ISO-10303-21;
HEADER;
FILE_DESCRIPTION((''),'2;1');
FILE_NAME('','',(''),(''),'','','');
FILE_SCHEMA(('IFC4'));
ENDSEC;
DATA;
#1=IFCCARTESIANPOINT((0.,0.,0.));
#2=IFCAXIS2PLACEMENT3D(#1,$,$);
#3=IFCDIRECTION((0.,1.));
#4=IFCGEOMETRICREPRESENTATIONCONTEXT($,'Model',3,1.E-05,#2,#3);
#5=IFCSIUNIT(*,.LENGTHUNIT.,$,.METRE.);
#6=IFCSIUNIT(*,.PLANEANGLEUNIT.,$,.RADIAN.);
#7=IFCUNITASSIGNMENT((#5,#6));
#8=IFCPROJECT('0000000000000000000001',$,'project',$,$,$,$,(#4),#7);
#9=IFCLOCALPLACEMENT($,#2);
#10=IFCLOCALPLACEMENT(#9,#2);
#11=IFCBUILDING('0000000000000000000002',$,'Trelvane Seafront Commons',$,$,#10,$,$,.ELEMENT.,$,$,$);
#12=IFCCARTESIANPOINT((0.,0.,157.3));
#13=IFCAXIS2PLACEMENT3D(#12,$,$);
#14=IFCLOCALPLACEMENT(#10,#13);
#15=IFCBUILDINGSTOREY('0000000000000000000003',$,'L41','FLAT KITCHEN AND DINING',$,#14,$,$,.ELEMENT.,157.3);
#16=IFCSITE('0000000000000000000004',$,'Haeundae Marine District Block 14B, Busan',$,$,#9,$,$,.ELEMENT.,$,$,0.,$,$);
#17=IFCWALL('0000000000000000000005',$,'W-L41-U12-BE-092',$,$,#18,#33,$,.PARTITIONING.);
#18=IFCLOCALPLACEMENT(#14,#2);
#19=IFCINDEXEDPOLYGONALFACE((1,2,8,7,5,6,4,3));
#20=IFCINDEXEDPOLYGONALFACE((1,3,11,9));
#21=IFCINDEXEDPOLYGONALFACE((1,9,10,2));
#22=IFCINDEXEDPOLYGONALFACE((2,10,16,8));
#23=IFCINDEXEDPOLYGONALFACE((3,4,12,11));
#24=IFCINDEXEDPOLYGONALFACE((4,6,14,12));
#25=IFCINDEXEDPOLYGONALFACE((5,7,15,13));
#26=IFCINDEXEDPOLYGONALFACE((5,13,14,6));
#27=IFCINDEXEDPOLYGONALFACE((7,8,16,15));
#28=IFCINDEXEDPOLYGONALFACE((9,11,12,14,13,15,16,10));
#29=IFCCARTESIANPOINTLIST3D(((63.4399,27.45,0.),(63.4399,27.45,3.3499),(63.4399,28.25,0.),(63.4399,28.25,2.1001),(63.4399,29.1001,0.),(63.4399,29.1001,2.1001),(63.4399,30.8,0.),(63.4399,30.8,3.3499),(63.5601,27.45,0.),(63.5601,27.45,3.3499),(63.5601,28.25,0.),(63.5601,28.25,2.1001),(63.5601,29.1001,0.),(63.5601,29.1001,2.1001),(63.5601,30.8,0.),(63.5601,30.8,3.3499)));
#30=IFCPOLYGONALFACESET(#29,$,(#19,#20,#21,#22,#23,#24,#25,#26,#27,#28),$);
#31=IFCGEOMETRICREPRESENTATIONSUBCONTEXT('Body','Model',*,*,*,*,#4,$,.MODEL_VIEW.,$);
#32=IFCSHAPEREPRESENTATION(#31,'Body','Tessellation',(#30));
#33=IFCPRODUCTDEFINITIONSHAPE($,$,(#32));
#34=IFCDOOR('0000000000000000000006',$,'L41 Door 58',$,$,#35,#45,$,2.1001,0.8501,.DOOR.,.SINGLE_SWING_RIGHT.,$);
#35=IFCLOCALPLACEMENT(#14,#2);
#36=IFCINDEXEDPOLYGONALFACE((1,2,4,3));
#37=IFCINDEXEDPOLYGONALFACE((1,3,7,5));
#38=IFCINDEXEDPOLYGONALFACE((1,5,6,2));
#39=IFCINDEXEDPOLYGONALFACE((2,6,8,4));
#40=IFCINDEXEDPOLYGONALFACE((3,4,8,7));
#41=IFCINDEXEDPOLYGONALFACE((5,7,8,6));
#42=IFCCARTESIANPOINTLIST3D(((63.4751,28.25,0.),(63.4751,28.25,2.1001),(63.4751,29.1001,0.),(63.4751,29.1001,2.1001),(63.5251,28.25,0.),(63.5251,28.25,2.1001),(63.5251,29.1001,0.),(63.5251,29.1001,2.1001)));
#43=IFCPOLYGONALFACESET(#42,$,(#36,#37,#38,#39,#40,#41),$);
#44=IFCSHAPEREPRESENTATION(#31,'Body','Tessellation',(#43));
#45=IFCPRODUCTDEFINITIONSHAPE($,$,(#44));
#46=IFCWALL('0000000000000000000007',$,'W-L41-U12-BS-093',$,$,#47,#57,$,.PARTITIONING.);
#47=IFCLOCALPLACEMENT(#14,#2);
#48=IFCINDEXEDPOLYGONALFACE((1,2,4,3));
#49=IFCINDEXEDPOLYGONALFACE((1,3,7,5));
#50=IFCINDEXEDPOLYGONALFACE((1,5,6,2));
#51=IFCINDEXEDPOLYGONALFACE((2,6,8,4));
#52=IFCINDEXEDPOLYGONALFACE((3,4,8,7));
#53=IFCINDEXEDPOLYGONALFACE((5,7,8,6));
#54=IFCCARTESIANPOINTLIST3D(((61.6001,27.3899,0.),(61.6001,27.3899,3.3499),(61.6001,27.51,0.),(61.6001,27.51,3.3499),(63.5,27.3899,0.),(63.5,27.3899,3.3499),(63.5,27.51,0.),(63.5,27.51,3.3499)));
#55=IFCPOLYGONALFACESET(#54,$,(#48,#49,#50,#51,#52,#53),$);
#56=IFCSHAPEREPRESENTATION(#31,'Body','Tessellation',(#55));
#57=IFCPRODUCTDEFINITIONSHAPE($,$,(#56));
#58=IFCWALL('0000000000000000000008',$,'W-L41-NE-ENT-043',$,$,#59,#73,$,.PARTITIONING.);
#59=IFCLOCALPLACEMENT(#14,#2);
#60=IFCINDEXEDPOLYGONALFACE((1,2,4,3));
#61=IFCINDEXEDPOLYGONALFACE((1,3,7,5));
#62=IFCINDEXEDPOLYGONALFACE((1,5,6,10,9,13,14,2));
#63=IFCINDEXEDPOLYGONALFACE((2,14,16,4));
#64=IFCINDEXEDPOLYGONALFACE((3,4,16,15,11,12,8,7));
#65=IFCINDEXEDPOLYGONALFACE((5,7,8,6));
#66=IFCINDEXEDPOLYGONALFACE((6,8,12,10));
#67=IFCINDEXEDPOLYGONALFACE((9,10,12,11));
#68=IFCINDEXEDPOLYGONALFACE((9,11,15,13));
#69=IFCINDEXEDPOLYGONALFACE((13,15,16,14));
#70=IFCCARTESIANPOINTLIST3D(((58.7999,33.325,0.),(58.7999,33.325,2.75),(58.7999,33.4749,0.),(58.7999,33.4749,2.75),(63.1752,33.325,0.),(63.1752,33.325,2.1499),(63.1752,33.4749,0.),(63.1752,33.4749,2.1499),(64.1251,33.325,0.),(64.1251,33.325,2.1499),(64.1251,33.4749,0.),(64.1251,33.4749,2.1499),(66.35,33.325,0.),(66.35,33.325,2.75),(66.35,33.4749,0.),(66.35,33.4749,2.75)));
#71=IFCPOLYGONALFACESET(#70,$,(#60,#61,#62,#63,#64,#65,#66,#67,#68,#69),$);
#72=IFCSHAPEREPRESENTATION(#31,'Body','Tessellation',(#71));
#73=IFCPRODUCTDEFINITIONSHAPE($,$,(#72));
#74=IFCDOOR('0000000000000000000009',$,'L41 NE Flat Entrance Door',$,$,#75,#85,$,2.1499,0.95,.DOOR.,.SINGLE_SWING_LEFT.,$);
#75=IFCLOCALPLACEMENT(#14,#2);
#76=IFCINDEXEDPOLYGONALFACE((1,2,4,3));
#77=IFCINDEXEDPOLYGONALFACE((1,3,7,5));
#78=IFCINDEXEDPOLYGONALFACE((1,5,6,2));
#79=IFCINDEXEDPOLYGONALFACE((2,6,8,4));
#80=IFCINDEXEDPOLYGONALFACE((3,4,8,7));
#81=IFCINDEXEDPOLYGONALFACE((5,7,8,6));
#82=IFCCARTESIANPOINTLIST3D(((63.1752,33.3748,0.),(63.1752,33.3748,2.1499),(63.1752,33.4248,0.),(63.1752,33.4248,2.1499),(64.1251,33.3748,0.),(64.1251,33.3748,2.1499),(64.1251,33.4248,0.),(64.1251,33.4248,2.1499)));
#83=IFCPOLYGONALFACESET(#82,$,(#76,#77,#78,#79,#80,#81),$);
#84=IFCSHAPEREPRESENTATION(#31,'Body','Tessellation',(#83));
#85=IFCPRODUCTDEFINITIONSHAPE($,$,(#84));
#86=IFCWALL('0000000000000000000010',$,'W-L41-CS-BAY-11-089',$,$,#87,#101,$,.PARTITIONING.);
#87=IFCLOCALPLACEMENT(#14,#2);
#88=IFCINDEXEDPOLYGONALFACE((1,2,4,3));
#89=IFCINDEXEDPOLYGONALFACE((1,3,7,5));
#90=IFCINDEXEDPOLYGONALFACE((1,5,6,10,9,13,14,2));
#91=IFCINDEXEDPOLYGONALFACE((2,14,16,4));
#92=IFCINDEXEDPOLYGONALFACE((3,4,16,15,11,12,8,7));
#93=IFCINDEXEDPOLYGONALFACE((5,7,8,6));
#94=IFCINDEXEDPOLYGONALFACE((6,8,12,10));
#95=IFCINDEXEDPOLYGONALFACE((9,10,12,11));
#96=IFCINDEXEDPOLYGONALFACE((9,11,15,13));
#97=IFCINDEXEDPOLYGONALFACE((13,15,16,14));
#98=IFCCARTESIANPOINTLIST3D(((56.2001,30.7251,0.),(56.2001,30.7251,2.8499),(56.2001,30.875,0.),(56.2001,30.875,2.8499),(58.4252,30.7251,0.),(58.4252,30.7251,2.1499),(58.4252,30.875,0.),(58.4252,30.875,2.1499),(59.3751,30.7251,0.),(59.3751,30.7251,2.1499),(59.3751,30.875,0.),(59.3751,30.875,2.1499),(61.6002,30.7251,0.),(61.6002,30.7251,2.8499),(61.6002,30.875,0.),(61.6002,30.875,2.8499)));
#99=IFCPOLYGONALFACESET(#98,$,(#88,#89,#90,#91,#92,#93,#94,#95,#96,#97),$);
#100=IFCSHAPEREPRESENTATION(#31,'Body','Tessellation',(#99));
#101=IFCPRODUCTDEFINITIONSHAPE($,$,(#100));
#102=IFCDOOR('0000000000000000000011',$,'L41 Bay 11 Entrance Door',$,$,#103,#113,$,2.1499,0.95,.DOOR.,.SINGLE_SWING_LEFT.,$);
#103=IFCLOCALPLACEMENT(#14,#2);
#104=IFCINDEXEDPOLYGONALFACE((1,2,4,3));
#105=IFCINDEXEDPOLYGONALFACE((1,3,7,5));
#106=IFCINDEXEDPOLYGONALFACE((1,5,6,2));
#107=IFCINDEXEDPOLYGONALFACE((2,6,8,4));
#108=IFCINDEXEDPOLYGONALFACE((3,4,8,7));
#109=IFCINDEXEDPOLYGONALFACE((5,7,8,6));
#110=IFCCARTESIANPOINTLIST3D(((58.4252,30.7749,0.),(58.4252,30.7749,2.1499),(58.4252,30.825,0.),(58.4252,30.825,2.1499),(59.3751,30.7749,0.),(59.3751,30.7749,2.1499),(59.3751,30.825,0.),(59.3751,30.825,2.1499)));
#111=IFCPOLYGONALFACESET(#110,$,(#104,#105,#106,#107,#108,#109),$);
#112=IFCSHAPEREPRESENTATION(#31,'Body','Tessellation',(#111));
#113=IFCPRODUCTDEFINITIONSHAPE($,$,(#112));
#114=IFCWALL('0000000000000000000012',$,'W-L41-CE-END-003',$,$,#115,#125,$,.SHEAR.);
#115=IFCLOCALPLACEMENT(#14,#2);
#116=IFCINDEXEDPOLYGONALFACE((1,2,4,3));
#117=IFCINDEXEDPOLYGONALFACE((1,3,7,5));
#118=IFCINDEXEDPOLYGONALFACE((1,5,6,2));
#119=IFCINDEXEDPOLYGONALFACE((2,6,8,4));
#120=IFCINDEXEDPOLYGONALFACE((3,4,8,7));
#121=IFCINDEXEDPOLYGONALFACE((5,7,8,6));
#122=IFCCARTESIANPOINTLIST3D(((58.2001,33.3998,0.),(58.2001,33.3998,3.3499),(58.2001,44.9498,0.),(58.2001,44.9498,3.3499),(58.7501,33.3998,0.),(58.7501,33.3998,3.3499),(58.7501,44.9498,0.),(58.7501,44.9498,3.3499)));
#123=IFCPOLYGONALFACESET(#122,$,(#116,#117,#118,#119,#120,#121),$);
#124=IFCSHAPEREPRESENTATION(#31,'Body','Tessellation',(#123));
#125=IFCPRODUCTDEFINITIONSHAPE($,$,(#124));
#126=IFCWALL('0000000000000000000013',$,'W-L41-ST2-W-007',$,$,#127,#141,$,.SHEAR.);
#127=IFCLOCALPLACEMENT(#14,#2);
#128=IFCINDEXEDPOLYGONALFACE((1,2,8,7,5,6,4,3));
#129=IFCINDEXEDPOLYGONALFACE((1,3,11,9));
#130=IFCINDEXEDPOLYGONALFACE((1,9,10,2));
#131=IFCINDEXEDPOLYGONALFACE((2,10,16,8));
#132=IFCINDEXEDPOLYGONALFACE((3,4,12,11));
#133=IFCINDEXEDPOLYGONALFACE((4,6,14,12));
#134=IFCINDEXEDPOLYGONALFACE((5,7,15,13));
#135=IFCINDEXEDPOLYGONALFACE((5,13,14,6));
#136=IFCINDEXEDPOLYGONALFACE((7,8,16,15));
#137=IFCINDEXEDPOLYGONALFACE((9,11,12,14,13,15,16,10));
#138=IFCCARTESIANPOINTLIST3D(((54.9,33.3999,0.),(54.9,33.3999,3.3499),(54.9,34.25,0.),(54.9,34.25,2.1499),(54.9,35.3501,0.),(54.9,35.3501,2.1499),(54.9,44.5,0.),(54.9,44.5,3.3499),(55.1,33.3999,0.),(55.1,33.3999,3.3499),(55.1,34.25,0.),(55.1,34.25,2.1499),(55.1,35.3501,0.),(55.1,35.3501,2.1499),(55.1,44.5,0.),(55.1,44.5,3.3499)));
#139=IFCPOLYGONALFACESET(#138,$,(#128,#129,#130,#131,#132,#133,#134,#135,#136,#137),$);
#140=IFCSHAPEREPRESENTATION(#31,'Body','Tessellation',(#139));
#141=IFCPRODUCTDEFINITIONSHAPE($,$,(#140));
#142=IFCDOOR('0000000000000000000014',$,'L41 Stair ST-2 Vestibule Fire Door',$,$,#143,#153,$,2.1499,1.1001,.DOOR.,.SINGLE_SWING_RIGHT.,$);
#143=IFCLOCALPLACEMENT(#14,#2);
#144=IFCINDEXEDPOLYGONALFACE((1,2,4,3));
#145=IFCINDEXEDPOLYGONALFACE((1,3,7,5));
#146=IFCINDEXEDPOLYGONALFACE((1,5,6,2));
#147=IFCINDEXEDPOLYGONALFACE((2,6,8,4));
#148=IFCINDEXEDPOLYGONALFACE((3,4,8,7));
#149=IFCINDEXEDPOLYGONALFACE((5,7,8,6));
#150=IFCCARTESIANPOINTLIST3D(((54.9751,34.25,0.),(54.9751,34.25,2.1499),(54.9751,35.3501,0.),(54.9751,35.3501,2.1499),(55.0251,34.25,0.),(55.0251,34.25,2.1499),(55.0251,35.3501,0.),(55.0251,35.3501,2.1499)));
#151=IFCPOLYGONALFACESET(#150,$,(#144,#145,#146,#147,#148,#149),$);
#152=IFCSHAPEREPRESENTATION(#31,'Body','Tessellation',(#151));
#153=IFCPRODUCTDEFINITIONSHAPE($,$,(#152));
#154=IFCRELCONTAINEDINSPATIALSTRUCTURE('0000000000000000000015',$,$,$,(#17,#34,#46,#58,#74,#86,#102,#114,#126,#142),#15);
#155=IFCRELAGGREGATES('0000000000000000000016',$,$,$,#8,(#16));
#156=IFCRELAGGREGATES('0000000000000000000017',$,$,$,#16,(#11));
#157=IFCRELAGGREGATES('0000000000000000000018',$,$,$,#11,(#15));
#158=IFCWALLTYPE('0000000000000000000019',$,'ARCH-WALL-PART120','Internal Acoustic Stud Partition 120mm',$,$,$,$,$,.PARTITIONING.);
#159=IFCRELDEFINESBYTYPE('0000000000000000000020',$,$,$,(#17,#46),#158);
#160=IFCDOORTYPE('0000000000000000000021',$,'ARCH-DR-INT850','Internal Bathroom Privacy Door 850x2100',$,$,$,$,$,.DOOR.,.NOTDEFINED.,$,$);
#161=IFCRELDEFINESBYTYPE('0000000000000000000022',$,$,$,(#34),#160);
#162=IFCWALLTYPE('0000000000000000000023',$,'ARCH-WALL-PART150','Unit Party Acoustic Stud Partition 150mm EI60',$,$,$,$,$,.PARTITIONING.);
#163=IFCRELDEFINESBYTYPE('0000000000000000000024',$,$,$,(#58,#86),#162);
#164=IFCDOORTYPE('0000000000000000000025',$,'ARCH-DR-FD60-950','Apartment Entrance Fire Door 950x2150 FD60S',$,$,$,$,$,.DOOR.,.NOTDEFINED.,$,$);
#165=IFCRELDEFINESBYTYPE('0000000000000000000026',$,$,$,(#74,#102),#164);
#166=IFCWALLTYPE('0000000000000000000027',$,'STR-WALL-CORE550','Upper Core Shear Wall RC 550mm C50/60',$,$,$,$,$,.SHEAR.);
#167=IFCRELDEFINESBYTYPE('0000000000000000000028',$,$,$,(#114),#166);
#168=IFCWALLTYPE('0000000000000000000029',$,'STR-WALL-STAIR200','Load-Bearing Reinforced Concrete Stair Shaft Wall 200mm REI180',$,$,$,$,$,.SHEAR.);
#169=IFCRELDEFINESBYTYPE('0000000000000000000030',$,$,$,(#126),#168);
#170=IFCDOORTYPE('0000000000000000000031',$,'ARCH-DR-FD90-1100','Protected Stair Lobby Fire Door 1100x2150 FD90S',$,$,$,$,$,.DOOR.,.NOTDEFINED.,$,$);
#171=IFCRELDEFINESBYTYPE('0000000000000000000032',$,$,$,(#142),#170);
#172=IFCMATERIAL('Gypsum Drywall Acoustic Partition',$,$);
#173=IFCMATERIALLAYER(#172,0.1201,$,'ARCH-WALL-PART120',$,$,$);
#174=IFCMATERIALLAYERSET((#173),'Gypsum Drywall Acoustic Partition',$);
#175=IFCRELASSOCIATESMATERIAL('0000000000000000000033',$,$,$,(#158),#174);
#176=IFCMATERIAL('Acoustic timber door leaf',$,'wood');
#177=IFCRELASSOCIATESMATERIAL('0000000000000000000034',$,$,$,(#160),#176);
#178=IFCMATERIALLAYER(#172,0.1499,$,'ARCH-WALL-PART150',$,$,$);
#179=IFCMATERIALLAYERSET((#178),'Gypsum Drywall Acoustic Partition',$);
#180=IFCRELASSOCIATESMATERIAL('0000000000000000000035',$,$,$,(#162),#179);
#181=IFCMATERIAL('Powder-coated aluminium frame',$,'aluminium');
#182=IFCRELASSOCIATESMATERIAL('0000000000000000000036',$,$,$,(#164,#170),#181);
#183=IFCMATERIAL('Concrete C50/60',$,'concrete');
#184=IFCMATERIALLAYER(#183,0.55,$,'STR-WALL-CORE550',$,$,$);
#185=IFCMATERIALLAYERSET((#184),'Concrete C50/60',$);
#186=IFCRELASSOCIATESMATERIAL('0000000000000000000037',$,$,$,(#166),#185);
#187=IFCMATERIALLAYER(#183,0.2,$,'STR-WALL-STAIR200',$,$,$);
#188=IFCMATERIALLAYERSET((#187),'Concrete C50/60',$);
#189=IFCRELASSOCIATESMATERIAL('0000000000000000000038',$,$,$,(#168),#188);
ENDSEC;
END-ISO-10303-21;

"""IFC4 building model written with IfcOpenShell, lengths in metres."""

from ifc_helpers import new_model, si_unit, direction, frame, frame_2d, origin, place, context, subcontext, project, spatial, rectangle, extrude, source, transform, mapped, material, layer, layer_set, type_object, element, fill, save


model = new_model("IFC4")

# Units and contexts
model_context = context("Model", 3, precision=1e-05, world=origin(), true_north=direction((0.0, 1.0)))
body_context = subcontext(model_context, "Body", "Model", "MODEL_VIEW")
ifc_project = project(units=[si_unit("LENGTHUNIT", "METRE"), si_unit("PLANEANGLEUNIT", "RADIAN")], contexts=[model_context])

# Site, building, storey
site_placement = place(None, origin())
site = spatial("IfcSite", under=ifc_project, at=site_placement, Name="Haeundae Marine District Block 14B, Busan", CompositionType="ELEMENT", RefElevation=0.0)
building_placement = place(site_placement, origin())
building = spatial("IfcBuilding", under=site, at=building_placement, Name="Trelvane Seafront Commons", CompositionType="ELEMENT")
storey_placement = place(building_placement, frame((0.0, 0.0, 157.3)))
storey = spatial("IfcBuildingStorey", under=building, at=storey_placement, Name="L41", Description="FLAT KITCHEN AND DINING", CompositionType="ELEMENT", Elevation=157.3)

# Shared definitions
ifc_material_1 = material(Name="Concrete C50/60", Category="concrete")

# Wall, opening, door
ifc_material_2 = material(Name="Gypsum Drywall Acoustic Partition")
ifc_layer_1 = layer(ifc_material_2, 0.1201, Name="ARCH-WALL-PART120")
ifc_layer_set_1 = layer_set([ifc_layer_1], Name="Gypsum Drywall Acoustic Partition")
wall_type_1 = type_object("IfcWallType", Name="ARCH-WALL-PART120", Description="Internal Acoustic Stud Partition 120mm", PredefinedType="PARTITIONING", material=ifc_layer_set_1)
ifc_material_3 = material(Name="Acoustic timber door leaf", Category="wood")
door_type_1 = type_object("IfcDoorType", Name="ARCH-DR-INT850", Description="Internal Bathroom Privacy Door 850x2100", OperationType="NOTDEFINED", PredefinedType="DOOR", material=ifc_material_3)
shared_shape_1 = source(origin(), body_context, "Body", "SweptSolid", [
    extrude(rectangle(XDim=0.8501, YDim=2.1001, at=frame_2d((0.425, 1.05))), frame((0.0, 0.0249, 0.0), z_axis=(0.0, -1.0, 0.0), x_axis=(1.0, 0.0, 0.0)), (0.0, 0.0, 1.0), 0.05),
])
shared_shape_2 = source(origin(), body_context, "Body", "SweptSolid", [
    extrude(rectangle(XDim=0.95, YDim=2.1499, at=frame_2d((0.4751, 1.075))), frame((0.0, 0.0249, 0.0), z_axis=(0.0, -1.0, 0.0), x_axis=(1.0, 0.0, 0.0)), (0.0, 0.0, 1.0), 0.05),
])
wall_1_placement = place(storey_placement, frame((63.5, 27.45, 0.0), z_axis=(0.0, 0.0, 1.0), x_axis=(0.0, 1.0, 0.0)))
wall_1 = element("IfcWall", 1, at=wall_1_placement, inside=storey, type_object=wall_type_1, Name="W-L41-U12-BE-092", PredefinedType="PARTITIONING", context=body_context, shape_type="SweptSolid", body=[
    extrude(rectangle(XDim=3.3501, YDim=0.1201, at=frame_2d((1.675, 0.0))), origin(), (0.0, 0.0, 1.0), 3.3499),
])
opening_1_placement = place(wall_1_placement, frame((0.8, 0.0, 0.0)))
opening_1 = element("IfcOpeningElement", 2, at=opening_1_placement, cuts=wall_1, PredefinedType="OPENING", context=body_context, shape_type="SweptSolid", body=[
    extrude(rectangle(XDim=0.8501, YDim=2.1001, at=frame_2d((0.425, 1.05))), frame((0.0, 0.0701, 0.0), z_axis=(0.0, -1.0, 0.0), x_axis=(1.0, 0.0, 0.0)), (0.0, 0.0, 1.0), 0.1401),
])
door_1_placement = place(opening_1_placement, origin())
door_1 = element("IfcDoor", 3, at=door_1_placement, inside=storey, type_object=door_type_1, Name="L41 Door 58", OperationType="SINGLE_SWING_RIGHT", OverallHeight=2.1001, OverallWidth=0.8501, PredefinedType="DOOR", context=body_context, shape_type="MappedRepresentation", body=[
    mapped(shared_shape_1, transform((0.0, 0.0, 0.0), x_axis=(1.0, 0.0, 0.0), y_axis=(0.0, 1.0, 0.0), z_axis=(0.0, 0.0, 1.0), scale=1.0)),
])
fill(opening_1, door_1)

# Wall
wall_2_placement = place(storey_placement, frame((61.6001, 27.45, 0.0), z_axis=(0.0, 0.0, 1.0), x_axis=(1.0, 0.0, 0.0)))
element("IfcWall", 4, at=wall_2_placement, inside=storey, type_object=wall_type_1, Name="W-L41-U12-BS-093", PredefinedType="PARTITIONING", context=body_context, shape_type="SweptSolid", body=[
    extrude(rectangle(XDim=1.8999, YDim=0.1201, at=frame_2d((0.95, 0.0))), origin(), (0.0, 0.0, 1.0), 3.3499),
])

# Walls, openings, doors
ifc_layer_2 = layer(ifc_material_2, 0.1499, Name="ARCH-WALL-PART150")
ifc_layer_set_2 = layer_set([ifc_layer_2], Name="Gypsum Drywall Acoustic Partition")
wall_type_2 = type_object("IfcWallType", Name="ARCH-WALL-PART150", Description="Unit Party Acoustic Stud Partition 150mm EI60", PredefinedType="PARTITIONING", material=ifc_layer_set_2)
wall_3_placement = place(storey_placement, frame((58.8, 33.3999, 0.0), z_axis=(0.0, 0.0, 1.0), x_axis=(1.0, 0.0, 0.0)))
wall_3 = element("IfcWall", 5, at=wall_3_placement, inside=storey, type_object=wall_type_2, Name="W-L41-NE-ENT-043", PredefinedType="PARTITIONING", context=body_context, shape_type="SweptSolid", body=[
    extrude(rectangle(XDim=7.55, YDim=0.1499, at=frame_2d((3.7749, 0.0))), origin(), (0.0, 0.0, 1.0), 2.75),
])
opening_2_placement = place(wall_3_placement, frame((4.375, 0.0, 0.0)))
opening_2 = element("IfcOpeningElement", 6, at=opening_2_placement, cuts=wall_3, PredefinedType="OPENING", context=body_context, shape_type="SweptSolid", body=[
    extrude(rectangle(XDim=0.95, YDim=2.1499, at=frame_2d((0.4751, 1.075))), frame((0.0, 0.085, 0.0), z_axis=(0.0, -1.0, 0.0), x_axis=(1.0, 0.0, 0.0)), (0.0, 0.0, 1.0), 0.1699),
])
ifc_material_4 = material(Name="Powder-coated aluminium frame", Category="aluminium")
door_type_2 = type_object("IfcDoorType", Name="ARCH-DR-FD60-950", Description="Apartment Entrance Fire Door 950x2150 FD60S", OperationType="NOTDEFINED", PredefinedType="DOOR", material=ifc_material_4)
door_2_placement = place(opening_2_placement, origin())
door_2 = element("IfcDoor", 7, at=door_2_placement, inside=storey, type_object=door_type_2, Name="L41 NE Flat Entrance Door", OperationType="SINGLE_SWING_LEFT", OverallHeight=2.1499, OverallWidth=0.95, PredefinedType="DOOR", context=body_context, shape_type="MappedRepresentation", body=[
    mapped(shared_shape_2, transform((0.0, 0.0, 0.0), x_axis=(1.0, 0.0, 0.0), y_axis=(0.0, 1.0, 0.0), z_axis=(0.0, 0.0, 1.0), scale=1.0)),
])
fill(opening_2, door_2)
wall_4_placement = place(storey_placement, frame((56.2, 30.8, 0.0), z_axis=(0.0, 0.0, 1.0), x_axis=(1.0, 0.0, 0.0)))
wall_4 = element("IfcWall", 8, at=wall_4_placement, inside=storey, type_object=wall_type_2, Name="W-L41-CS-BAY-11-089", PredefinedType="PARTITIONING", context=body_context, shape_type="SweptSolid", body=[
    extrude(rectangle(XDim=5.4001, YDim=0.1499, at=frame_2d((2.7002, 0.0))), origin(), (0.0, 0.0, 1.0), 2.8499),
])
opening_3_placement = place(wall_4_placement, frame((2.2251, 0.0, 0.0)))
opening_3 = element("IfcOpeningElement", 9, at=opening_3_placement, cuts=wall_4, PredefinedType="OPENING", context=body_context, shape_type="SweptSolid", body=[
    extrude(rectangle(XDim=0.95, YDim=2.1499, at=frame_2d((0.4751, 1.075))), frame((0.0, 0.085, 0.0), z_axis=(0.0, -1.0, 0.0), x_axis=(1.0, 0.0, 0.0)), (0.0, 0.0, 1.0), 0.1699),
])
door_3_placement = place(opening_3_placement, origin())
door_3 = element("IfcDoor", 10, at=door_3_placement, inside=storey, type_object=door_type_2, Name="L41 Bay 11 Entrance Door", OperationType="SINGLE_SWING_LEFT", OverallHeight=2.1499, OverallWidth=0.95, PredefinedType="DOOR", context=body_context, shape_type="MappedRepresentation", body=[
    mapped(shared_shape_2, transform((0.0, 0.0, 0.0), x_axis=(1.0, 0.0, 0.0), y_axis=(0.0, 1.0, 0.0), z_axis=(0.0, 0.0, 1.0), scale=1.0)),
])
fill(opening_3, door_3)

# Wall
ifc_layer_3 = layer(ifc_material_1, 0.55, Name="STR-WALL-CORE550")
ifc_layer_set_3 = layer_set([ifc_layer_3], Name="Concrete C50/60")
wall_type_3 = type_object("IfcWallType", Name="STR-WALL-CORE550", Description="Upper Core Shear Wall RC 550mm C50/60", PredefinedType="SHEAR", material=ifc_layer_set_3)
wall_5_placement = place(storey_placement, frame((58.4751, 33.3999, 0.0), z_axis=(0.0, 0.0, 1.0), x_axis=(0.0, 1.0, 0.0)))
element("IfcWall", 11, at=wall_5_placement, inside=storey, type_object=wall_type_3, Name="W-L41-CE-END-003", PredefinedType="SHEAR", context=body_context, shape_type="SweptSolid", body=[
    extrude(rectangle(XDim=11.55, YDim=0.55, at=frame_2d((5.7749, 0.0))), origin(), (0.0, 0.0, 1.0), 3.3499),
])

# Wall, opening, door
ifc_layer_4 = layer(ifc_material_1, 0.2, Name="STR-WALL-STAIR200")
ifc_layer_set_4 = layer_set([ifc_layer_4], Name="Concrete C50/60")
wall_type_4 = type_object("IfcWallType", Name="STR-WALL-STAIR200", Description="Load-Bearing Reinforced Concrete Stair Shaft Wall 200mm REI180", PredefinedType="SHEAR", material=ifc_layer_set_4)
wall_6_placement = place(storey_placement, frame((55.0, 33.3999, 0.0), z_axis=(0.0, 0.0, 1.0), x_axis=(0.0, 1.0, 0.0)))
wall_6 = element("IfcWall", 12, at=wall_6_placement, inside=storey, type_object=wall_type_4, Name="W-L41-ST2-W-007", PredefinedType="SHEAR", context=body_context, shape_type="SweptSolid", body=[
    extrude(rectangle(XDim=11.1001, YDim=0.2, at=frame_2d((5.55, 0.0))), origin(), (0.0, 0.0, 1.0), 3.3499),
])
opening_4_placement = place(wall_6_placement, frame((0.8501, 0.0, 0.0)))
opening_4 = element("IfcOpeningElement", 13, at=opening_4_placement, cuts=wall_6, PredefinedType="OPENING", context=body_context, shape_type="SweptSolid", body=[
    extrude(rectangle(XDim=1.1001, YDim=2.1499, at=frame_2d((0.55, 1.075))), frame((0.0, 0.1099, 0.0), z_axis=(0.0, -1.0, 0.0), x_axis=(1.0, 0.0, 0.0)), (0.0, 0.0, 1.0), 0.22),
])
door_type_3 = type_object("IfcDoorType", Name="ARCH-DR-FD90-1100", Description="Protected Stair Lobby Fire Door 1100x2150 FD90S", OperationType="NOTDEFINED", PredefinedType="DOOR", material=ifc_material_4)
shared_shape_3 = source(origin(), body_context, "Body", "SweptSolid", [
    extrude(rectangle(XDim=1.1001, YDim=2.1499, at=frame_2d((0.55, 1.075))), frame((0.0, 0.0249, 0.0), z_axis=(0.0, -1.0, 0.0), x_axis=(1.0, 0.0, 0.0)), (0.0, 0.0, 1.0), 0.05),
])
door_4_placement = place(opening_4_placement, origin())
door_4 = element("IfcDoor", 14, at=door_4_placement, inside=storey, type_object=door_type_3, Name="L41 Stair ST-2 Vestibule Fire Door", OperationType="SINGLE_SWING_RIGHT", OverallHeight=2.1499, OverallWidth=1.1001, PredefinedType="DOOR", context=body_context, shape_type="MappedRepresentation", body=[
    mapped(shared_shape_3, transform((0.0, 0.0, 0.0), x_axis=(1.0, 0.0, 0.0), y_axis=(0.0, 1.0, 0.0), z_axis=(0.0, 0.0, 1.0), scale=1.0)),
])
fill(opening_4, door_4)

save(model, "model.ifc")
